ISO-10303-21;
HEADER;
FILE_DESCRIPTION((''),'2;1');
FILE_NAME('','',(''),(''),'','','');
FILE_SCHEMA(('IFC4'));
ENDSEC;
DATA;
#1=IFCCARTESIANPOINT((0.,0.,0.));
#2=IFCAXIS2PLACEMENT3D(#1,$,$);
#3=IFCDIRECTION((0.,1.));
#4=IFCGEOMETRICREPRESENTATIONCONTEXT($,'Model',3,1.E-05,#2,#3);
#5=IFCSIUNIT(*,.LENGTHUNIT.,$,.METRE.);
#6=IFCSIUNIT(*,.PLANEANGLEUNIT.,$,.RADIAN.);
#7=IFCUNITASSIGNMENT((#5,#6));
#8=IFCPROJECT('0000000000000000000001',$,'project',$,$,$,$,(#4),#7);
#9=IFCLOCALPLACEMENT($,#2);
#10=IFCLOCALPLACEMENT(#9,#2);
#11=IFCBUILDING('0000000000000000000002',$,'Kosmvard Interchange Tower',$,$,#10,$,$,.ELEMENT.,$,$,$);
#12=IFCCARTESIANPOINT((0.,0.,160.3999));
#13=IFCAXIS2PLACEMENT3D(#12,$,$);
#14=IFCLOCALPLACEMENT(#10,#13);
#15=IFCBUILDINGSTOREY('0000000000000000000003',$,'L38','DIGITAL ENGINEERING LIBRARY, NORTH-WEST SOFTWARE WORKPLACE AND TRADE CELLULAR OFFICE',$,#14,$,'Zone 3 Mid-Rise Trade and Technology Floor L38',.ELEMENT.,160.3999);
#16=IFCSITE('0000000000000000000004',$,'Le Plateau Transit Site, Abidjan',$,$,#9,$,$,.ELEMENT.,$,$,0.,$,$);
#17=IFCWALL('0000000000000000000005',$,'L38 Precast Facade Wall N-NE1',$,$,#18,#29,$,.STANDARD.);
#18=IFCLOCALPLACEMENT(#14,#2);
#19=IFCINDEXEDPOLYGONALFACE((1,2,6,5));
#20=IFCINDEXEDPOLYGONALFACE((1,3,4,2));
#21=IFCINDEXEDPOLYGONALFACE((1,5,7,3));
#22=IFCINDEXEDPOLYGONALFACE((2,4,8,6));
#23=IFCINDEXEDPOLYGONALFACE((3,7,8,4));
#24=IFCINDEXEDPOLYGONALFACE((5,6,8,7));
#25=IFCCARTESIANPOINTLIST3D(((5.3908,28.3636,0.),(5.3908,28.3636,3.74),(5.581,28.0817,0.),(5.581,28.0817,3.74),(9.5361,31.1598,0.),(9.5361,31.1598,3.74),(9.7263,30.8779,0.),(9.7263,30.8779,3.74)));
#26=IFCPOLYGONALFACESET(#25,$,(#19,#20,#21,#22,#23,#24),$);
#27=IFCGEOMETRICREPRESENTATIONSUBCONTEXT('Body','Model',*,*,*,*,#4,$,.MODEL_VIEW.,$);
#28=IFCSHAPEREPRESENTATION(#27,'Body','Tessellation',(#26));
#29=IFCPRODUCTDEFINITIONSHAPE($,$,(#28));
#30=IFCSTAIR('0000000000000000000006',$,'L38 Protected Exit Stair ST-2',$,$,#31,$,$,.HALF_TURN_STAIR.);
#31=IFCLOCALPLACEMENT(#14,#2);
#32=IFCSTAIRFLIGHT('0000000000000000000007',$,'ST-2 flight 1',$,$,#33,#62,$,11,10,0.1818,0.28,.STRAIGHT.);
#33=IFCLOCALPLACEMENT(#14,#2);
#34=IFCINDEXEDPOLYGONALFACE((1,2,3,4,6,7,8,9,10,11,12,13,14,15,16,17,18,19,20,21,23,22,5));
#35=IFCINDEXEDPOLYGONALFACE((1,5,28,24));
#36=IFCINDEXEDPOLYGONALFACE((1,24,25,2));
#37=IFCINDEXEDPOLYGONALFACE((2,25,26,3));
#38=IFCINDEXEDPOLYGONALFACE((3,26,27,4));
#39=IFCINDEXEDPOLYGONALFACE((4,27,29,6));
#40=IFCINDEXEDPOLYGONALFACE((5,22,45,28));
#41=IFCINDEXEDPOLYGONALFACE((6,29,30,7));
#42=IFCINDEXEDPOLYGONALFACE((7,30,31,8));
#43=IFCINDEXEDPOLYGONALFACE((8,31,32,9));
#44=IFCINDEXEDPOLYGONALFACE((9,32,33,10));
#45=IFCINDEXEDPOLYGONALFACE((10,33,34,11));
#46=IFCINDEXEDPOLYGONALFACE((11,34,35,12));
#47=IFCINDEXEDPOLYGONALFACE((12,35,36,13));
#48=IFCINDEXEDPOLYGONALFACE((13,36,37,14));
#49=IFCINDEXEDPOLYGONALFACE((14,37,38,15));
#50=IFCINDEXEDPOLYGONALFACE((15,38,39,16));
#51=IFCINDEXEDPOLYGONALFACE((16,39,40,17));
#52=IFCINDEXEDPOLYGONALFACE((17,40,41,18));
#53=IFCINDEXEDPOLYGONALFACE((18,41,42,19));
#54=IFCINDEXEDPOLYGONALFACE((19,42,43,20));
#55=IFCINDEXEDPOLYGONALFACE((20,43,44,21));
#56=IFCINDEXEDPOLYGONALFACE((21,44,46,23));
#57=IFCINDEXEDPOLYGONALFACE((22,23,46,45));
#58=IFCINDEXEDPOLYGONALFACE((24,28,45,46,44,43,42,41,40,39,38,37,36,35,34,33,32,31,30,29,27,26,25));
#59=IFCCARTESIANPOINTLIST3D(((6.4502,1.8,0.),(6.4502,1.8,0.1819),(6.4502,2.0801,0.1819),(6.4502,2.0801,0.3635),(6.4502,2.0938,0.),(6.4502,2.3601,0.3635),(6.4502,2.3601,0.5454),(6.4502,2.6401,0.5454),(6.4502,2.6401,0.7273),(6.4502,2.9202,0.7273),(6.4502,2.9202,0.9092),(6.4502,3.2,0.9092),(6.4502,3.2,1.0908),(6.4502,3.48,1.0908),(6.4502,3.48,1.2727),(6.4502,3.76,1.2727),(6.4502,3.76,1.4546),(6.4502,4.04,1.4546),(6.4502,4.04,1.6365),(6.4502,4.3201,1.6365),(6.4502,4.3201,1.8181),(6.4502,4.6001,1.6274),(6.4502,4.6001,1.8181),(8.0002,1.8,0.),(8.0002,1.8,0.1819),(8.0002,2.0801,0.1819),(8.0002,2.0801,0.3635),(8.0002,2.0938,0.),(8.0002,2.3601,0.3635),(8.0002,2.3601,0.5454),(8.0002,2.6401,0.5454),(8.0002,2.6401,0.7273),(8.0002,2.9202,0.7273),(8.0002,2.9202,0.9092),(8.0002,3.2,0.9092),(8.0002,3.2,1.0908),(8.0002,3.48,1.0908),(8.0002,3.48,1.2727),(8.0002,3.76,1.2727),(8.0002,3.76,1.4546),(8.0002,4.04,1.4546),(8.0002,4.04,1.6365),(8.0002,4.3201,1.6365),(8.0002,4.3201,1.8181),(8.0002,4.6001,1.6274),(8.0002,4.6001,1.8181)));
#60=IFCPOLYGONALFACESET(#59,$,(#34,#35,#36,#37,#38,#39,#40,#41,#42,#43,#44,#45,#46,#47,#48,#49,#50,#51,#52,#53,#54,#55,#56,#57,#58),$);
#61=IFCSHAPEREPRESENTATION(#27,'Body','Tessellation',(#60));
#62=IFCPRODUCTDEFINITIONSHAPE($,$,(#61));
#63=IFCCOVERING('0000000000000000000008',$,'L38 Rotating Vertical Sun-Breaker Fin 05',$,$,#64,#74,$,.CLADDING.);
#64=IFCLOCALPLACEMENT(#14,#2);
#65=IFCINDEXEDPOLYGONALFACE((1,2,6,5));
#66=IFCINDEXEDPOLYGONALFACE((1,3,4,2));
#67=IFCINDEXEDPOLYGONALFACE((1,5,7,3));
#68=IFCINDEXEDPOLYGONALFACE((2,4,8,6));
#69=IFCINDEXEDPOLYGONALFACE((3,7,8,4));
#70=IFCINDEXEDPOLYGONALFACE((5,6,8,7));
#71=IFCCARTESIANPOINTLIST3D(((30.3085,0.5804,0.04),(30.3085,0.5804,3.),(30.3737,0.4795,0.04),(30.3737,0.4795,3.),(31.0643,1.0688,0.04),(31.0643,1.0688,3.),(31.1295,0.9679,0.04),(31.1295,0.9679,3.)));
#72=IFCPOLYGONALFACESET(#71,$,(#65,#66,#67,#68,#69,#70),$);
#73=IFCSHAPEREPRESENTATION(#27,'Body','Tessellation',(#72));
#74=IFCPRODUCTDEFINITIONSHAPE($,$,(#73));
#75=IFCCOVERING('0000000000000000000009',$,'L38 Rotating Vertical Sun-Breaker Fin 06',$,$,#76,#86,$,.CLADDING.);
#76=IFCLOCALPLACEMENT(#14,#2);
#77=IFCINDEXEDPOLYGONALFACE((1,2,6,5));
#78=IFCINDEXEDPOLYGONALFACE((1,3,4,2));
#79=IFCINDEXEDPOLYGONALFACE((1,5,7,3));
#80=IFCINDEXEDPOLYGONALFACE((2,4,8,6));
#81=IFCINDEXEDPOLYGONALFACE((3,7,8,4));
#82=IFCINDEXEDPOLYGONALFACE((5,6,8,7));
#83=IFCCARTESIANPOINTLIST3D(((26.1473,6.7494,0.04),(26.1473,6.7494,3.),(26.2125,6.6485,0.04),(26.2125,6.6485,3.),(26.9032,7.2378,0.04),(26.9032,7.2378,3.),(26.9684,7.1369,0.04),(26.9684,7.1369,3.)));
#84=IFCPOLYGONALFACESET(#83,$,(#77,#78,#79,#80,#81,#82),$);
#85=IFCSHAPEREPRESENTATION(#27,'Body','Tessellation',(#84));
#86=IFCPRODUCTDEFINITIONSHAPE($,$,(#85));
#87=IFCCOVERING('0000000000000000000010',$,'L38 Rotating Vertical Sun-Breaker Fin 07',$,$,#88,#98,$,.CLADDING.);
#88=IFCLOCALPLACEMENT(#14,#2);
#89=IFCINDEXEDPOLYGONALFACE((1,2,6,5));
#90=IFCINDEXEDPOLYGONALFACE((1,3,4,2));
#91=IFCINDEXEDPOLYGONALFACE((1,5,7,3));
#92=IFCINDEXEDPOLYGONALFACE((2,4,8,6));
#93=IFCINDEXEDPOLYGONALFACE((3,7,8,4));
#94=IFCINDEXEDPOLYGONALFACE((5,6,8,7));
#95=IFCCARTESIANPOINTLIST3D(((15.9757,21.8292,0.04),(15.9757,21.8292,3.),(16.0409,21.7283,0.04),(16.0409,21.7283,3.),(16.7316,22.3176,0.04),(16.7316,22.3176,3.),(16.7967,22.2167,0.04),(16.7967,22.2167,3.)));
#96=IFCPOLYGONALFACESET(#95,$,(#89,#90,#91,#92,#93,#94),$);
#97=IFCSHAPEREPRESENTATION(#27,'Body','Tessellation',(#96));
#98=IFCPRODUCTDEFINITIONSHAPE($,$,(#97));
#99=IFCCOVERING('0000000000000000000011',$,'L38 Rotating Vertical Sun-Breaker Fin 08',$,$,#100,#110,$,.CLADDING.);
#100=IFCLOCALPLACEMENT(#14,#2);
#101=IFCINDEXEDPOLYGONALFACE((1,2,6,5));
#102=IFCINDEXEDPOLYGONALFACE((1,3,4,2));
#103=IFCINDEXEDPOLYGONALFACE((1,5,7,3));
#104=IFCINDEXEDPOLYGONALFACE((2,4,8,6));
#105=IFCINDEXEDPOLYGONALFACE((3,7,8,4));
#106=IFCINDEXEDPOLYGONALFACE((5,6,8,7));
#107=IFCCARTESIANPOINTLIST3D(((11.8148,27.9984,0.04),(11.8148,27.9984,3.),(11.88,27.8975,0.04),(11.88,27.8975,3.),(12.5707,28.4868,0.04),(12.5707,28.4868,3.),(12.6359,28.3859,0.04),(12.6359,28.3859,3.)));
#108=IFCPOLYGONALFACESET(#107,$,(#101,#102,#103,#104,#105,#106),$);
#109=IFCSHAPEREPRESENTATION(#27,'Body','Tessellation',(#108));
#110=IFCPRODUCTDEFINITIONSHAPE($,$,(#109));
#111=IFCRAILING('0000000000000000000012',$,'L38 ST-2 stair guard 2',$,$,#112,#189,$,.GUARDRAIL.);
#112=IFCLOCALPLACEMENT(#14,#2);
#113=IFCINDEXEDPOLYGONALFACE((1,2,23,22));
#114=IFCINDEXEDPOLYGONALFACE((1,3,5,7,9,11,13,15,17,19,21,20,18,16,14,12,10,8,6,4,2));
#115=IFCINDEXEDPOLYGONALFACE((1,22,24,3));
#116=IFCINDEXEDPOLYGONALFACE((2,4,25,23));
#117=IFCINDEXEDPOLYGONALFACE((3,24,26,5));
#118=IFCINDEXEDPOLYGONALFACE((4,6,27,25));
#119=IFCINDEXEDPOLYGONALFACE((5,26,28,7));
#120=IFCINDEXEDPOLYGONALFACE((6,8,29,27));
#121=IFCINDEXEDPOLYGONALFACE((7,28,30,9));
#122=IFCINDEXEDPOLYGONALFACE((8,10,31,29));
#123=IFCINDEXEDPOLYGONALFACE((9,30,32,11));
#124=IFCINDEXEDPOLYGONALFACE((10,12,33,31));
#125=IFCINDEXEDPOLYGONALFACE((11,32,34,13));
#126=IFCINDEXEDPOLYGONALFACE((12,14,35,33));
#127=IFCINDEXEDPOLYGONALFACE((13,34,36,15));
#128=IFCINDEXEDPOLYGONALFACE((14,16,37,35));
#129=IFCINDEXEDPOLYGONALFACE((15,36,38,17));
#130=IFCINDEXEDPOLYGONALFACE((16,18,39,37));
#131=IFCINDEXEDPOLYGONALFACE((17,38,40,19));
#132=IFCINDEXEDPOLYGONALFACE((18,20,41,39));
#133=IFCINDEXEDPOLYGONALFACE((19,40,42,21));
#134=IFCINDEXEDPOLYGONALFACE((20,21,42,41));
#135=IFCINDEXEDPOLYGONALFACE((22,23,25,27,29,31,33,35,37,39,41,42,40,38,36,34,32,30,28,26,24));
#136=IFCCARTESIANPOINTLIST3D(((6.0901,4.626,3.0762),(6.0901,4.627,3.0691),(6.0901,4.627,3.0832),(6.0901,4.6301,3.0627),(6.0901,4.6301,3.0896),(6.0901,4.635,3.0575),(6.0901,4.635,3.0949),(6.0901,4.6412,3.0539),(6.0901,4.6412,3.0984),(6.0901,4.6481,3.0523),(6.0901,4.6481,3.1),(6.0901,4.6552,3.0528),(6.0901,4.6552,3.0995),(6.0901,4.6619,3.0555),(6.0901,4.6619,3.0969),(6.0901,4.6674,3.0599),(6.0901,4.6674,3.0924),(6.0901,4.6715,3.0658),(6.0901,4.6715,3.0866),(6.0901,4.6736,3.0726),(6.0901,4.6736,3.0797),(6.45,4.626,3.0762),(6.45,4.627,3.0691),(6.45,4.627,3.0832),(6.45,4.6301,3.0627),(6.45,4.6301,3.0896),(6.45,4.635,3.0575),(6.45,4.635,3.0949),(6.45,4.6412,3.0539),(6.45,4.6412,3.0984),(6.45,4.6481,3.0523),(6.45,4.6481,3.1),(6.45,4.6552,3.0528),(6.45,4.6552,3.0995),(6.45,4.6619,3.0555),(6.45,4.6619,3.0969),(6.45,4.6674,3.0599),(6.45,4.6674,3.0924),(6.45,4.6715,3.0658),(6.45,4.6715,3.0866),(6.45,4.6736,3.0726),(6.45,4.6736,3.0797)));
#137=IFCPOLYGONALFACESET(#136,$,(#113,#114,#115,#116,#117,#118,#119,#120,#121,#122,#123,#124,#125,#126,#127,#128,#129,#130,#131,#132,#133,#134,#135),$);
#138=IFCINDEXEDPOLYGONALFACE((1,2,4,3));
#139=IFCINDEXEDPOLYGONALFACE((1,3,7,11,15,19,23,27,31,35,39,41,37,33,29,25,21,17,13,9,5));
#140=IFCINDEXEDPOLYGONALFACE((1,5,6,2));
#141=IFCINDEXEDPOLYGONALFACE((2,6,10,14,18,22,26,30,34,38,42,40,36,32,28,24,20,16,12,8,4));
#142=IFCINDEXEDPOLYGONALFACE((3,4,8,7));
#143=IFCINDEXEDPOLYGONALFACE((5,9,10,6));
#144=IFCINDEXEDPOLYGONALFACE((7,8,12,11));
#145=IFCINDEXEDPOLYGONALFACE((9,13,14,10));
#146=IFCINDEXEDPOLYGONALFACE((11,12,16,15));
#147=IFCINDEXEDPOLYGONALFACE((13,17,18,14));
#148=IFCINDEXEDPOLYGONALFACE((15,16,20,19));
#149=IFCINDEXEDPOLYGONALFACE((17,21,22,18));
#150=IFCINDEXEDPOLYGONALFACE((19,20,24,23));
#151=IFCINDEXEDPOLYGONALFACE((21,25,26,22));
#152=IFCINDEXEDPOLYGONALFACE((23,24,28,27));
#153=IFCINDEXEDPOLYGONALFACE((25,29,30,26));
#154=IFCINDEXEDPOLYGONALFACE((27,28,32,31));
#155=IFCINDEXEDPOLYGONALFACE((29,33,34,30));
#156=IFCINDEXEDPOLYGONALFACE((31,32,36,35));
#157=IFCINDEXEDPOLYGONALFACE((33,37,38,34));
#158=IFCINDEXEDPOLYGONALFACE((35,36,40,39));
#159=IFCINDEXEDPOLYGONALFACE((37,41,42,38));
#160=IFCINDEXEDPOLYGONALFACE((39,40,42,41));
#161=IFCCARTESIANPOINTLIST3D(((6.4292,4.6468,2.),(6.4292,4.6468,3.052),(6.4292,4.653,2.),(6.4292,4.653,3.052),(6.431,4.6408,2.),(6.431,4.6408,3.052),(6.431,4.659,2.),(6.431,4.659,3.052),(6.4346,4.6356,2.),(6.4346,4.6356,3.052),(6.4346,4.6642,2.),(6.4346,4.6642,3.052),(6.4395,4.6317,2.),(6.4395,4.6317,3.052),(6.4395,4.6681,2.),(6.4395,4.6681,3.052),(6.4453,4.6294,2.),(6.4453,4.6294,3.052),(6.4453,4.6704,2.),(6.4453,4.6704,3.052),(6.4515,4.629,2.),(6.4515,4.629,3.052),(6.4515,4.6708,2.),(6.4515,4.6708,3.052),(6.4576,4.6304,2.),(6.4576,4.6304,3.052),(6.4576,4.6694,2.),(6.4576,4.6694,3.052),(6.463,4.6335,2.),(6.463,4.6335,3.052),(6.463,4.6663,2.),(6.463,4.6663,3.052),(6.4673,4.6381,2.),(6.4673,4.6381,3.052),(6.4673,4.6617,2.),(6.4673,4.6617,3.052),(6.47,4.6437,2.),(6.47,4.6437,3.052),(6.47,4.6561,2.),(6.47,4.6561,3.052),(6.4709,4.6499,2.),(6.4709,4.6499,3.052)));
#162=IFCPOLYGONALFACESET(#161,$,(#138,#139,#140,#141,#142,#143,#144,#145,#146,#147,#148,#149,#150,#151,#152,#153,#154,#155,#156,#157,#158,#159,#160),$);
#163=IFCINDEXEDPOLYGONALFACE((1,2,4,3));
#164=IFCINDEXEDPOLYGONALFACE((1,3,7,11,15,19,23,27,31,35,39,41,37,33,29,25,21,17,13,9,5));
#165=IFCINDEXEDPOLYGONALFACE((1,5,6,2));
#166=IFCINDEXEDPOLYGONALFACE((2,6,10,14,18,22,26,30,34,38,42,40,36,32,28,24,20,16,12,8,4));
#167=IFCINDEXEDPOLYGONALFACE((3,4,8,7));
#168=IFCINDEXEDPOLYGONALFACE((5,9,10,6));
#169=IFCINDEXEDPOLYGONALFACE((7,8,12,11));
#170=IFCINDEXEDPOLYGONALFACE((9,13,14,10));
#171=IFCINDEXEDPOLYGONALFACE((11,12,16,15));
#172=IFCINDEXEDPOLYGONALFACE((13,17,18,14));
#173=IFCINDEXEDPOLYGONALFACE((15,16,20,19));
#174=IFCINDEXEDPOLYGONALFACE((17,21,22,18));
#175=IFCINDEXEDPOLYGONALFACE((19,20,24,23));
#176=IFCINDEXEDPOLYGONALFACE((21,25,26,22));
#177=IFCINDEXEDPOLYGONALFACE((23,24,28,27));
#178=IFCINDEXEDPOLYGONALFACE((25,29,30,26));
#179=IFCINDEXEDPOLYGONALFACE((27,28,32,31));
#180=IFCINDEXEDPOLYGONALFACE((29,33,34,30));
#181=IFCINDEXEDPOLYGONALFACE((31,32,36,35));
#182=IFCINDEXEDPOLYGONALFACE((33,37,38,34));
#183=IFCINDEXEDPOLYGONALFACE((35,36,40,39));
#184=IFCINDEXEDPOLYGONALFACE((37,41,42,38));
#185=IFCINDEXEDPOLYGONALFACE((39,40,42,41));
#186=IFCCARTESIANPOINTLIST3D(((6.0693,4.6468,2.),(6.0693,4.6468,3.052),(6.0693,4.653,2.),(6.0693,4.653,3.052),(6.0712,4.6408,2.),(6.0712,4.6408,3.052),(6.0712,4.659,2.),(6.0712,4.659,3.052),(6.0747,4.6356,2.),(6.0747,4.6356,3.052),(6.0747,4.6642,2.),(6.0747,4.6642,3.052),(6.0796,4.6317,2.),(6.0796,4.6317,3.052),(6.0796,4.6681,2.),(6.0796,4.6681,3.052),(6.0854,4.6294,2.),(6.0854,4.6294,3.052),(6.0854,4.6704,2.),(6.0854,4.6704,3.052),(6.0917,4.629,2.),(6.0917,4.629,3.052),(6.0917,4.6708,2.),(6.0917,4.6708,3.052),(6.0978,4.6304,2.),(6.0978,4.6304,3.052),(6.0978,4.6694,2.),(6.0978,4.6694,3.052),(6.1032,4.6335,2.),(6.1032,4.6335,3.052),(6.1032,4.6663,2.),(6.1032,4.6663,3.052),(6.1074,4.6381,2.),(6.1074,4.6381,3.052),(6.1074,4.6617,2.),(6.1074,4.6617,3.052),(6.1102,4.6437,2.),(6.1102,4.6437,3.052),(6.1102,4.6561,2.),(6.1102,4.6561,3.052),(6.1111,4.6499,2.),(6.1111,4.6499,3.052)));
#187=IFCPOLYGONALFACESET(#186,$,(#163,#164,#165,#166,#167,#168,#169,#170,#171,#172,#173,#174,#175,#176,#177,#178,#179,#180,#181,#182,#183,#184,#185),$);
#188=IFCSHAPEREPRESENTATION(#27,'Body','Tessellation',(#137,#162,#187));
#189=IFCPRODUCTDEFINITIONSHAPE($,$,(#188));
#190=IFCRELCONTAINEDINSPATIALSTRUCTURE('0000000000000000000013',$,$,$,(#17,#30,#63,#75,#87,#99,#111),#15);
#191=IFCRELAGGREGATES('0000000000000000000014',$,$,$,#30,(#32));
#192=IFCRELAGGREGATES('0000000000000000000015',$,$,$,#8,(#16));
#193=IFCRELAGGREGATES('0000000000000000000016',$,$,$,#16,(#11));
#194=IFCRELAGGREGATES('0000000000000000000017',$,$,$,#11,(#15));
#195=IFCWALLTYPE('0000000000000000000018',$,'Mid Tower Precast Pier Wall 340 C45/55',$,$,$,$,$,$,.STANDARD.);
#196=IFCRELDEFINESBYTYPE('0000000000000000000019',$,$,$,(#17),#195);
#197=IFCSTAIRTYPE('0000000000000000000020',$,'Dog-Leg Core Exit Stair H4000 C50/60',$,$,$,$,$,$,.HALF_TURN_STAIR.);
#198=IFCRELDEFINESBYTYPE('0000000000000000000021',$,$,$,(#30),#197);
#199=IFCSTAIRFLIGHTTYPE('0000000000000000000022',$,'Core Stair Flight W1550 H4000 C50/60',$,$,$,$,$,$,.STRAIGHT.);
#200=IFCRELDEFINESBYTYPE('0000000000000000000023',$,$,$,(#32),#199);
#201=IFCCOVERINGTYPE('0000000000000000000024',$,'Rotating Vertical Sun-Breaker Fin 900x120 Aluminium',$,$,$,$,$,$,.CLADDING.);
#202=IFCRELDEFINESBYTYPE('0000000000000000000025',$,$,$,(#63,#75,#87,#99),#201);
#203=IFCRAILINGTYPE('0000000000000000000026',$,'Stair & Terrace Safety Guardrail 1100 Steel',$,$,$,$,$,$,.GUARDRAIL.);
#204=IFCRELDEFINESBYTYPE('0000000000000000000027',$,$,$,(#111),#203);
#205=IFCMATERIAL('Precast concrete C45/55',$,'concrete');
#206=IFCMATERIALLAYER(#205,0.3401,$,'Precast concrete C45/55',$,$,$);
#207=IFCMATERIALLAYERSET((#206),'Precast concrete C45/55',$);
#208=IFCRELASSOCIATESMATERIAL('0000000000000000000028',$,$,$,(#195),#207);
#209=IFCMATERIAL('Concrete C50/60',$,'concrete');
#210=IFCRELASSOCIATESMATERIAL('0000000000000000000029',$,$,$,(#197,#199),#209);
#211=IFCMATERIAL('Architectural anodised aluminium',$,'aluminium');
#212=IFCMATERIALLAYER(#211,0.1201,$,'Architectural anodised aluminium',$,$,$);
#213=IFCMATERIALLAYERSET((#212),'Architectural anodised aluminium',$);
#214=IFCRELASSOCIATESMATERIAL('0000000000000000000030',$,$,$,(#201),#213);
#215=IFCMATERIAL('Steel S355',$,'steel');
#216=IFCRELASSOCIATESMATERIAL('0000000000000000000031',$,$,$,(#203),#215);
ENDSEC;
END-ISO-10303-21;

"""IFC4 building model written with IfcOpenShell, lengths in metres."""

from ifc_helpers import new_model, si_unit, direction, frame, frame_2d, origin, origin_2d, place, context, subcontext, project, spatial, polyline, rectangle, circle, outline, extrude, source, transform, mapped, material, layer, layer_set, type_object, element, aggregate, save


model = new_model("IFC4")

# Units and contexts
model_context = context("Model", 3, precision=1e-05, world=origin(), true_north=direction((0.0, 1.0)))
body_context = subcontext(model_context, "Body", "Model", "MODEL_VIEW")
ifc_project = project(units=[si_unit("LENGTHUNIT", "METRE"), si_unit("PLANEANGLEUNIT", "RADIAN")], contexts=[model_context])

# Site, building, storey
site_placement = place(None, origin())
site = spatial("IfcSite", under=ifc_project, at=site_placement, Name="Le Plateau Transit Site, Abidjan", CompositionType="ELEMENT", RefElevation=0.0)
building_placement = place(site_placement, origin())
building = spatial("IfcBuilding", under=site, at=building_placement, Name="Kosmvard Interchange Tower", CompositionType="ELEMENT")
storey_placement = place(building_placement, frame((0.0, 0.0, 160.3999)))
storey = spatial("IfcBuildingStorey", under=building, at=storey_placement, Name="L38", Description="DIGITAL ENGINEERING LIBRARY, NORTH-WEST SOFTWARE WORKPLACE AND TRADE CELLULAR OFFICE", LongName="Zone 3 Mid-Rise Trade and Technology Floor L38", CompositionType="ELEMENT", Elevation=160.3999)

# Shared definitions
ifc_material_1 = material(Name="Concrete C50/60", Category="concrete")

# Shared definitions
ifc_material_2 = material(Name="Steel S355", Category="steel")
ifc_material_3 = material(Name="Precast concrete C45/55", Category="concrete")

# Wall
ifc_layer_1 = layer(ifc_material_3, 0.3401, Name="Precast concrete C45/55")
ifc_layer_set_1 = layer_set([ifc_layer_1], Name="Precast concrete C45/55")
wall_type = type_object("IfcWallType", Name="Mid Tower Precast Pier Wall 340 C45/55", PredefinedType="STANDARD", material=ifc_layer_set_1)
wall_placement = place(storey_placement, frame((9.6311, 31.0188, 0.0), z_axis=(0.0, 0.0, 1.0), x_axis=(-0.829026, -0.55921, 0.0)))
element("IfcWall", 1, at=wall_placement, inside=storey, type_object=wall_type, Name="L38 Precast Facade Wall N-NE1", PredefinedType="STANDARD", context=body_context, shape_type="SweptSolid", body=[
    extrude(rectangle(XDim=5.0002, YDim=0.3401, at=frame_2d((2.5, 0.0))), origin(), (0.0, 0.0, 1.0), 3.74),
])

# Stair, stair flight
stair_type = type_object("IfcStairType", Name="Dog-Leg Core Exit Stair H4000 C50/60", PredefinedType="HALF_TURN_STAIR", material=ifc_material_1)
stair_placement = place(storey_placement, origin())
stair = element("IfcStair", 2, at=stair_placement, inside=storey, type_object=stair_type, Name="L38 Protected Exit Stair ST-2", PredefinedType="HALF_TURN_STAIR")
stair_flight_type = type_object("IfcStairFlightType", Name="Core Stair Flight W1550 H4000 C50/60", PredefinedType="STRAIGHT", material=ifc_material_1)
shared_shape_1 = source(origin(), body_context, "Body", "SweptSolid", [
    extrude(outline(polyline([(0.0, 0.0), (0.0, 0.1819), (0.28, 0.1819), (0.28, 0.3635), (0.5601, 0.3635), (0.5601, 0.5454), (0.8401, 0.5454), (0.8401, 0.7273), (1.1201, 0.7273), (1.1201, 0.9092), (1.3999, 0.9092), (1.3999, 1.0908), (1.6799, 1.0908), (1.6799, 1.2727), (1.96, 1.2727), (1.96, 1.4546), (2.24, 1.4546), (2.24, 1.6365), (2.52, 1.6365), (2.52, 1.8181), (2.8, 1.8181), (2.8, 2.0), (2.8, 1.6274), (0.2937, 0.0), (0.0, 0.0)])), frame((0.0, 0.7749, 0.0), z_axis=(0.0, -1.0, 0.0), x_axis=(1.0, 0.0, 0.0)), (0.0, 0.0, 1.0), 1.55),
])
stair_flight_placement = place(storey_placement, frame((7.2251, 1.8, 0.0), z_axis=(0.0, 0.0, 1.0), x_axis=(0.0, 1.0, 0.0)))
stair_flight = element("IfcStairFlight", 3, at=stair_flight_placement, type_object=stair_flight_type, Name="ST-2 flight 1", NumberOfRisers=11, NumberOfTreads=10, PredefinedType="STRAIGHT", RiserHeight=0.1818, TreadLength=0.28, context=body_context, shape_type="MappedRepresentation", body=[
    mapped(shared_shape_1, transform((0.0, 0.0, 0.0), scale=1.0)),
])
aggregate(stair, [stair_flight])

# Coverings
ifc_material_4 = material(Name="Architectural anodised aluminium", Category="aluminium")
ifc_layer_2 = layer(ifc_material_4, 0.1201, Name="Architectural anodised aluminium")
ifc_layer_set_2 = layer_set([ifc_layer_2], Name="Architectural anodised aluminium")
covering_type = type_object("IfcCoveringType", Name="Rotating Vertical Sun-Breaker Fin 900x120 Aluminium", PredefinedType="CLADDING", material=ifc_layer_set_2)
shared_shape_2 = source(origin(), body_context, "Body", "SweptSolid", [
    extrude(rectangle(XDim=0.8999, YDim=0.1201, at=origin_2d()), origin(), (0.0, 0.0, 1.0), 2.96),
])
for number, where, z_axis, x_axis, name in (
    (4, (30.719, 0.7742, 0.04), (0.0, 0.0, 1.0), (0.839904, 0.542735, 0.0), "L38 Rotating Vertical Sun-Breaker Fin 05"),
    (5, (26.5579, 6.9431, 0.04), (0.0, 0.0, 1.0), (0.839904, 0.542735, 0.0), "L38 Rotating Vertical Sun-Breaker Fin 06"),
    (6, (16.3862, 22.0229, 0.04), (0.0, 0.0, 1.0), (0.839904, 0.542735, 0.0), "L38 Rotating Vertical Sun-Breaker Fin 07"),
    (7, (12.2253, 28.1921, 0.04), (0.0, 0.0, 1.0), (0.839904, 0.542735, 0.0), "L38 Rotating Vertical Sun-Breaker Fin 08"),
):
    element("IfcCovering", number, at=place(storey_placement, frame(where, z_axis=z_axis, x_axis=x_axis)), inside=storey, type_object=covering_type, Name=name, PredefinedType="CLADDING", context=body_context, shape_type="MappedRepresentation", body=[
        mapped(shared_shape_2, transform((0.0, 0.0, 0.0), scale=1.0)),
    ])

# Railing
railing_type_1 = type_object("IfcRailingType", Name="Stair & Terrace Safety Guardrail 1100 Steel", PredefinedType="GUARDRAIL", material=ifc_material_2)
shared_shape_3 = source(origin(), body_context, "Body", "SweptSolid", [
    extrude(circle(Radius=0.0239, at=origin_2d()), frame((0.0, 0.0, 1.0762), z_axis=(-1.0, 0.0, 0.0), x_axis=(0.0, -1.0, 0.0)), (0.0, 0.0, 1.0), 0.3599),
    extrude(circle(Radius=0.021, at=origin_2d()), origin(), (0.0, 0.0, 1.0), 1.052),
    extrude(circle(Radius=0.021, at=origin_2d()), frame((-0.3599, 0.0, 0.0)), (0.0, 0.0, 1.0), 1.052),
])
for number, where, name in (
    (8, (6.45, 4.6499, 2.0), "L38 ST-2 stair guard 2"),
):
    element("IfcRailing", number, at=place(storey_placement, frame(where)), inside=storey, type_object=railing_type_1, Name=name, PredefinedType="GUARDRAIL", context=body_context, shape_type="MappedRepresentation", body=[
        mapped(shared_shape_3, transform((0.0, 0.0, 0.0), scale=1.0)),
    ])

save(model, "model.ifc")
